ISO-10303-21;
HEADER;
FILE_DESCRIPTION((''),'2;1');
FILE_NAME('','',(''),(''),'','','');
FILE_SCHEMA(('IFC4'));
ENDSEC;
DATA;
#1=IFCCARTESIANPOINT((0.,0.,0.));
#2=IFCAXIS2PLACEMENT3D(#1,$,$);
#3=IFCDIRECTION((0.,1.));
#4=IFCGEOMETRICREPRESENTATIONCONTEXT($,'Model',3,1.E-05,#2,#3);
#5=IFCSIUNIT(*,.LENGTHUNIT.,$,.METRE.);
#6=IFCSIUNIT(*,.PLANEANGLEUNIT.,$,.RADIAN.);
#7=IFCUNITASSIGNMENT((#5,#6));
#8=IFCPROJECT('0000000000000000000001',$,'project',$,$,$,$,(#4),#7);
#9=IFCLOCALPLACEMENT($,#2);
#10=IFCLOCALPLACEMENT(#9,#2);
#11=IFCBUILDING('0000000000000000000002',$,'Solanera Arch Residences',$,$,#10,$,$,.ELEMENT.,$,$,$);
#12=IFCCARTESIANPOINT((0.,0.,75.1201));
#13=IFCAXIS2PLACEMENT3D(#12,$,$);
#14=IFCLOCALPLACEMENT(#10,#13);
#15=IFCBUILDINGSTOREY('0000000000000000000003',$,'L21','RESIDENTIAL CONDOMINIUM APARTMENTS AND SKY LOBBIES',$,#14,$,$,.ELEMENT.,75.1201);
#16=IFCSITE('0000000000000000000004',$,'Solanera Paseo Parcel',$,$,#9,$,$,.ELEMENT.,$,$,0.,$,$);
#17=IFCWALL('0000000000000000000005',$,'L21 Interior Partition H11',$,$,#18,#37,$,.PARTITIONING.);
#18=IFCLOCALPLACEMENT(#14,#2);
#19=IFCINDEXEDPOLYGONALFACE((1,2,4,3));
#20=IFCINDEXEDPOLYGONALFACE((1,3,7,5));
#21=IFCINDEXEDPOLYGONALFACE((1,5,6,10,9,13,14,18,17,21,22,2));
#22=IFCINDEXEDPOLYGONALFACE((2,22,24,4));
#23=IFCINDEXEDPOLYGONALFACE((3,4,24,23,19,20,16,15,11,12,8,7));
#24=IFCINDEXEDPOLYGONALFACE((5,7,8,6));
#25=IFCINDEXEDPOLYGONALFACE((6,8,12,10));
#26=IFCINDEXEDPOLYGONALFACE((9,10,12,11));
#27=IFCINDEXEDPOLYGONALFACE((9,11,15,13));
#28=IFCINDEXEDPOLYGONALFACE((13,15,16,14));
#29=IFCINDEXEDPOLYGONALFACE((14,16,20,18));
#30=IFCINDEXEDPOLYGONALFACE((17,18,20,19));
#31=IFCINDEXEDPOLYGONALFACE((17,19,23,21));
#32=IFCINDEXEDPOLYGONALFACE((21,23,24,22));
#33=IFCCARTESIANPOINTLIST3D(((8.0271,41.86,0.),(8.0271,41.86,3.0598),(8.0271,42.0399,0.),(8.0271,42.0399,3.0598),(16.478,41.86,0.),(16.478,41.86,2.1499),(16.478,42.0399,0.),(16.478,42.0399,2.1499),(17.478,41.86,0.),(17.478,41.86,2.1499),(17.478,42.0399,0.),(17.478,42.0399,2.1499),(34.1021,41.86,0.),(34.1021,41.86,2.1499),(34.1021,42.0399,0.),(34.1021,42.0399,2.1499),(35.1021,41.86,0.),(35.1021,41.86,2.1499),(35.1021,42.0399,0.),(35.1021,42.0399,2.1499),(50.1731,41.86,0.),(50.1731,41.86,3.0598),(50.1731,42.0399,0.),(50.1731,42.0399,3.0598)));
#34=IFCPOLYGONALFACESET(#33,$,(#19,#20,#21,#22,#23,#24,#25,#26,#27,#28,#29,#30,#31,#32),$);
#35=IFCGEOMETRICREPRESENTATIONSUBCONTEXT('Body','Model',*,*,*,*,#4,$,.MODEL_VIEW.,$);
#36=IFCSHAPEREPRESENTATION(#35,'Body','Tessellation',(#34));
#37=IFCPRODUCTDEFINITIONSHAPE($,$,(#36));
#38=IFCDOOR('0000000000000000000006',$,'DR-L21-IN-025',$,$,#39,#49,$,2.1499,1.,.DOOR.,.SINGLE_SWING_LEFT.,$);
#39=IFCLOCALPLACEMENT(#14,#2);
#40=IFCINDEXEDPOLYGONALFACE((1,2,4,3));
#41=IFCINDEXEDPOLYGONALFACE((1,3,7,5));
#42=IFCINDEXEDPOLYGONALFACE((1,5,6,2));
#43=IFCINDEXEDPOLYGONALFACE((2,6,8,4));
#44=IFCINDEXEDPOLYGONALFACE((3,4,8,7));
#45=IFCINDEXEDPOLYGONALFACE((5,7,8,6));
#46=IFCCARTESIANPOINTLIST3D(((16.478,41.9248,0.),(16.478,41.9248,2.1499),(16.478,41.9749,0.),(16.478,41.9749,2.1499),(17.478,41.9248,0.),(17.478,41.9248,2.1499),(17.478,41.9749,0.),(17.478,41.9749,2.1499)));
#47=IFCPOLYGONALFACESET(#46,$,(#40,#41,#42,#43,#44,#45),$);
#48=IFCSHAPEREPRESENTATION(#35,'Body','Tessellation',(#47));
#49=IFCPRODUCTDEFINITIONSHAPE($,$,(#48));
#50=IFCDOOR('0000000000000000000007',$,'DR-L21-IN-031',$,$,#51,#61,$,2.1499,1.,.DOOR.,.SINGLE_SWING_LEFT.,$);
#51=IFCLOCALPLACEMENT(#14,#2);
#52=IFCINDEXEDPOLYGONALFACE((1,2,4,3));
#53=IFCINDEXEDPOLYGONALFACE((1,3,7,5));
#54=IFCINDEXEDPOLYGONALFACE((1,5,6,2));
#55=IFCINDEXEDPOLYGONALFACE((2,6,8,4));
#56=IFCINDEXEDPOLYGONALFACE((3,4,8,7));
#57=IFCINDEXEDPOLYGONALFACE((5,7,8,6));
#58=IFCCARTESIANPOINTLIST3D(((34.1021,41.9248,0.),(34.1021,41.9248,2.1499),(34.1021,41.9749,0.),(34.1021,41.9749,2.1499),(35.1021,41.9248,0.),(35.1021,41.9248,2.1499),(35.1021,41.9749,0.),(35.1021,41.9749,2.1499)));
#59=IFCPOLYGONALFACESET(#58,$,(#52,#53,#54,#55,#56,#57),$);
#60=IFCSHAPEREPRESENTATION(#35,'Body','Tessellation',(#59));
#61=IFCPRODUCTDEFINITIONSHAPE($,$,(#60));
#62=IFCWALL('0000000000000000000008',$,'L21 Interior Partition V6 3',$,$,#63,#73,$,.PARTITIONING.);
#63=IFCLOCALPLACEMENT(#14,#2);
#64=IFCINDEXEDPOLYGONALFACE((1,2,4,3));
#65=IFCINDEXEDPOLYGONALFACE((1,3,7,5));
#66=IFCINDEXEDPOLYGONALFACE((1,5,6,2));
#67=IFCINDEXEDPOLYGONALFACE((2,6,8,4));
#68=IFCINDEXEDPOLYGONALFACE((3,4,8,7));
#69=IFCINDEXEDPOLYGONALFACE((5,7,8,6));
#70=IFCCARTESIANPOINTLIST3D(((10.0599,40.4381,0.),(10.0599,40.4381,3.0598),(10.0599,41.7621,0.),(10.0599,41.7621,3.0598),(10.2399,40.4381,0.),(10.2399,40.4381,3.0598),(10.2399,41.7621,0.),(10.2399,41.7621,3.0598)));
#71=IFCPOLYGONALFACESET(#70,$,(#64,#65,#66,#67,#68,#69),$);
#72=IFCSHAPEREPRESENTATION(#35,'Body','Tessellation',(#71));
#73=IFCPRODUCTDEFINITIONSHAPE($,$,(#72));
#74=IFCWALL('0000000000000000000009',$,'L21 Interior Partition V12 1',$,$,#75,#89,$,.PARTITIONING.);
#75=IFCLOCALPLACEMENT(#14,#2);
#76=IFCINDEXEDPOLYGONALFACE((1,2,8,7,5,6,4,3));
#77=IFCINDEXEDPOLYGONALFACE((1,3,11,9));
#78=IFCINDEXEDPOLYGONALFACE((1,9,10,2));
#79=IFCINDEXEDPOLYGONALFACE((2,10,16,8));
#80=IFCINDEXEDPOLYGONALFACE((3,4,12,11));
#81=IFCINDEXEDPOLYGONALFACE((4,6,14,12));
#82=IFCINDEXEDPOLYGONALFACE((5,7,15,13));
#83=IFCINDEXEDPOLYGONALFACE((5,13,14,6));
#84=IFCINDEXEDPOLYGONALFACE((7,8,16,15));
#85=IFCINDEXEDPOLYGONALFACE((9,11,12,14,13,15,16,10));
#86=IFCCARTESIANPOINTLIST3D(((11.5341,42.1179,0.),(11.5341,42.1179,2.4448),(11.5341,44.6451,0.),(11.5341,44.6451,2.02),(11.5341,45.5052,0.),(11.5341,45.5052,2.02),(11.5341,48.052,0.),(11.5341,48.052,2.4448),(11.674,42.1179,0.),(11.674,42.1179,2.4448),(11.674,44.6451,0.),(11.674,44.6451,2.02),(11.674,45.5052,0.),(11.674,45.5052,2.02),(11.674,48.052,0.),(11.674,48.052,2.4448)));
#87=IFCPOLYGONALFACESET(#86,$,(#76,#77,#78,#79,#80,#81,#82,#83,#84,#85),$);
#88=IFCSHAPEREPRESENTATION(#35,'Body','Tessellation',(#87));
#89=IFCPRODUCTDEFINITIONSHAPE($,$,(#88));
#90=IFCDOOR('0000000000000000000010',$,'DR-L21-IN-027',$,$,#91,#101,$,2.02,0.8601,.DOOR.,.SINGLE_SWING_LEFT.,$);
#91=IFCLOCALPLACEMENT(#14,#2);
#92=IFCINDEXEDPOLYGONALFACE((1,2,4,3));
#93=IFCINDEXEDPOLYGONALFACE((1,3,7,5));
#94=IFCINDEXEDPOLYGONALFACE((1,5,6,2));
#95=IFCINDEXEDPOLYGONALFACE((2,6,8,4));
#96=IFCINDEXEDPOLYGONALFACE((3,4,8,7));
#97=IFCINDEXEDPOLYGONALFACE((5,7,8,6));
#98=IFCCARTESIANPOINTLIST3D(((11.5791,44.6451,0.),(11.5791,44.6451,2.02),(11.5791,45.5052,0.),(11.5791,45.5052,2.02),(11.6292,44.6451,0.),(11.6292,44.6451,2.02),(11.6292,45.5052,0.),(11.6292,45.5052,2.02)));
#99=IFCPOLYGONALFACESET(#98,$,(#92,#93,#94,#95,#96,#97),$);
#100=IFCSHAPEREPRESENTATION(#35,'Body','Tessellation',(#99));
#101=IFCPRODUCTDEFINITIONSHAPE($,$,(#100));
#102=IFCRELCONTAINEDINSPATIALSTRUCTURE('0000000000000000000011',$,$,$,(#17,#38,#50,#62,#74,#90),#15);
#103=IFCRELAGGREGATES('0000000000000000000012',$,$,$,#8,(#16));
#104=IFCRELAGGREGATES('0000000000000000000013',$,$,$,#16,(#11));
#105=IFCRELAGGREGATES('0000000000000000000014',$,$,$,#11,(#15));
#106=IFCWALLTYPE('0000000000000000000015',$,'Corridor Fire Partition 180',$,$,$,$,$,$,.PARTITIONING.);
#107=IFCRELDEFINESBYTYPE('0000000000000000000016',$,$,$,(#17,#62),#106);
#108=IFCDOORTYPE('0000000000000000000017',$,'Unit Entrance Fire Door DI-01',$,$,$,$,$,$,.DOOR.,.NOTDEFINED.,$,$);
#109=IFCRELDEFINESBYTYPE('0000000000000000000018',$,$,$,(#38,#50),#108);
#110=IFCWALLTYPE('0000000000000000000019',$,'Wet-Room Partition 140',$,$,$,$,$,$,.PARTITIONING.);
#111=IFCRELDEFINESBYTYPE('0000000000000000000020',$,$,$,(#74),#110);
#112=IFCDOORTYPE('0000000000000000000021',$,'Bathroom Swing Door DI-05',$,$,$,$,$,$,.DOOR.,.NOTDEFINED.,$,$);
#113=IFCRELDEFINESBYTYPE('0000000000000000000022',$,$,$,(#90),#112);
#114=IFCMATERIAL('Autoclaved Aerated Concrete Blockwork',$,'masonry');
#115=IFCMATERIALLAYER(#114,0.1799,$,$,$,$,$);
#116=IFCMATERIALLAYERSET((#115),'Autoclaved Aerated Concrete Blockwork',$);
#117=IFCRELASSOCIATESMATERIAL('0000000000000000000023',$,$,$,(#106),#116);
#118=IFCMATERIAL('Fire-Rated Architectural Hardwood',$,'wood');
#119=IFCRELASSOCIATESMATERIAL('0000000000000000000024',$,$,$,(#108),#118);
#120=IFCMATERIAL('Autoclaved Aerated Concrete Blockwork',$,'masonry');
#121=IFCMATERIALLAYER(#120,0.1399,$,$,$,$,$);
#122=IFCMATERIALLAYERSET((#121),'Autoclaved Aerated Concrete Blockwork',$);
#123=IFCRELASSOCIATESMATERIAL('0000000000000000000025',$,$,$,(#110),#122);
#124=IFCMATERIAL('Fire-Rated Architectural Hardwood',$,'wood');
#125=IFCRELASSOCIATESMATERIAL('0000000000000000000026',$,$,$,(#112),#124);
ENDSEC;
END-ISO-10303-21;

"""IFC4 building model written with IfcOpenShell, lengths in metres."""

from ifc_helpers import new_model, si_unit, direction, frame, frame_2d, origin, place, context, subcontext, project, spatial, rectangle, extrude, material, layer, layer_set, type_object, element, fill, save


model = new_model("IFC4")

# Units and contexts
model_context = context("Model", 3, precision=1e-05, world=origin(), true_north=direction((0.0, 1.0)))
body_context = subcontext(model_context, "Body", "Model", "MODEL_VIEW")
ifc_project = project(units=[si_unit("LENGTHUNIT", "METRE"), si_unit("PLANEANGLEUNIT", "RADIAN")], contexts=[model_context])

# Site, building, storey
site_placement = place(None, origin())
site = spatial("IfcSite", under=ifc_project, at=site_placement, Name="Solanera Paseo Parcel", CompositionType="ELEMENT", RefElevation=0.0)
building_placement = place(site_placement, origin())
building = spatial("IfcBuilding", under=site, at=building_placement, Name="Solanera Arch Residences", CompositionType="ELEMENT")
storey_placement = place(building_placement, frame((0.0, 0.0, 75.1201)))
storey = spatial("IfcBuildingStorey", under=building, at=storey_placement, Name="L21", Description="RESIDENTIAL CONDOMINIUM APARTMENTS AND SKY LOBBIES", CompositionType="ELEMENT", Elevation=75.1201)

# Wall, openings, doors
ifc_material_1 = material(Name="Autoclaved Aerated Concrete Blockwork", Category="masonry")
ifc_layer_1 = layer(ifc_material_1, 0.1799)
ifc_layer_set_1 = layer_set([ifc_layer_1], Name="Autoclaved Aerated Concrete Blockwork")
wall_type_1 = type_object("IfcWallType", Name="Corridor Fire Partition 180", PredefinedType="PARTITIONING", material=ifc_layer_set_1)
ifc_material_2 = material(Name="Fire-Rated Architectural Hardwood", Category="wood")
door_type_1 = type_object("IfcDoorType", Name="Unit Entrance Fire Door DI-01", OperationType="NOTDEFINED", PredefinedType="DOOR", material=ifc_material_2)
wall_1_placement = place(storey_placement, frame((8.0271, 41.95, 0.0), z_axis=(0.0, 0.0, 1.0), x_axis=(1.0, 0.0, 0.0)))
wall_1 = element("IfcWall", 1, at=wall_1_placement, inside=storey, type_object=wall_type_1, Name="L21 Interior Partition H11", PredefinedType="PARTITIONING", context=body_context, shape_type="SweptSolid", body=[
    extrude(rectangle(XDim=42.146, YDim=0.1799, at=frame_2d((21.073, 0.0))), origin(), (0.0, 0.0, 1.0), 3.0598),
])
opening_1_placement = place(wall_1_placement, frame((8.4509, 0.0, 0.0)))
opening_1 = element("IfcOpeningElement", 2, at=opening_1_placement, cuts=wall_1, PredefinedType="OPENING", context=body_context, shape_type="SweptSolid", body=[
    extrude(rectangle(XDim=1.0, YDim=2.1499, at=frame_2d((0.5, 1.075))), frame((0.0, 0.1001, 0.0), z_axis=(0.0, -1.0, 0.0), x_axis=(1.0, 0.0, 0.0)), (0.0, 0.0, 1.0), 0.1999),
])
opening_2_placement = place(wall_1_placement, frame((26.075, 0.0, 0.0)))
opening_2 = element("IfcOpeningElement", 3, at=opening_2_placement, cuts=wall_1, PredefinedType="OPENING", context=body_context, shape_type="SweptSolid", body=[
    extrude(rectangle(XDim=1.0, YDim=2.1499, at=frame_2d((0.5, 1.075))), frame((0.0, 0.1001, 0.0), z_axis=(0.0, -1.0, 0.0), x_axis=(1.0, 0.0, 0.0)), (0.0, 0.0, 1.0), 0.1999),
])
door_1_placement = place(opening_1_placement, origin())
door_1 = element("IfcDoor", 4, at=door_1_placement, inside=storey, type_object=door_type_1, Name="DR-L21-IN-025", OperationType="SINGLE_SWING_LEFT", OverallHeight=2.1499, OverallWidth=1.0, PredefinedType="DOOR", context=body_context, shape_type="SweptSolid", body=[
    extrude(rectangle(XDim=1.0, YDim=2.1499, at=frame_2d((0.5, 1.075))), frame((0.0, 0.0249, 0.0), z_axis=(0.0, -1.0, 0.0), x_axis=(1.0, 0.0, 0.0)), (0.0, 0.0, 1.0), 0.05),
])
fill(opening_1, door_1)
door_2_placement = place(opening_2_placement, origin())
door_2 = element("IfcDoor", 5, at=door_2_placement, inside=storey, type_object=door_type_1, Name="DR-L21-IN-031", OperationType="SINGLE_SWING_LEFT", OverallHeight=2.1499, OverallWidth=1.0, PredefinedType="DOOR", context=body_context, shape_type="SweptSolid", body=[
    extrude(rectangle(XDim=1.0, YDim=2.1499, at=frame_2d((0.5, 1.075))), frame((0.0, 0.0249, 0.0), z_axis=(0.0, -1.0, 0.0), x_axis=(1.0, 0.0, 0.0)), (0.0, 0.0, 1.0), 0.05),
])
fill(opening_2, door_2)

# Wall
wall_2_placement = place(storey_placement, frame((10.1499, 40.438, 0.0), z_axis=(0.0, 0.0, 1.0), x_axis=(0.0, 1.0, 0.0)))
element("IfcWall", 6, at=wall_2_placement, inside=storey, type_object=wall_type_1, Name="L21 Interior Partition V6 3", PredefinedType="PARTITIONING", context=body_context, shape_type="SweptSolid", body=[
    extrude(rectangle(XDim=1.324, YDim=0.1799, at=frame_2d((0.6621, 0.0))), origin(), (0.0, 0.0, 1.0), 3.0598),
])

# Wall, opening, door
ifc_material_3 = material(Name="Autoclaved Aerated Concrete Blockwork", Category="masonry")
ifc_layer_2 = layer(ifc_material_3, 0.1399)
ifc_layer_set_2 = layer_set([ifc_layer_2], Name="Autoclaved Aerated Concrete Blockwork")
wall_type_2 = type_object("IfcWallType", Name="Wet-Room Partition 140", PredefinedType="PARTITIONING", material=ifc_layer_set_2)
wall_3_placement = place(storey_placement, frame((11.604, 42.1179, 0.0), z_axis=(0.0, 0.0, 1.0), x_axis=(0.0, 1.0, 0.0)))
wall_3 = element("IfcWall", 7, at=wall_3_placement, inside=storey, type_object=wall_type_2, Name="L21 Interior Partition V12 1", PredefinedType="PARTITIONING", context=body_context, shape_type="SweptSolid", body=[
    extrude(rectangle(XDim=5.9341, YDim=0.1399, at=frame_2d((2.967, 0.0))), origin(), (0.0, 0.0, 1.0), 2.4448),
])
opening_3_placement = place(wall_3_placement, frame((2.5271, 0.0, 0.0)))
opening_3 = element("IfcOpeningElement", 8, at=opening_3_placement, cuts=wall_3, PredefinedType="OPENING", context=body_context, shape_type="SweptSolid", body=[
    extrude(rectangle(XDim=0.8601, YDim=2.02, at=frame_2d((0.4302, 1.01))), frame((0.0, 0.0798, 0.0), z_axis=(0.0, -1.0, 0.0), x_axis=(1.0, 0.0, 0.0)), (0.0, 0.0, 1.0), 0.1599),
])
ifc_material_4 = material(Name="Fire-Rated Architectural Hardwood", Category="wood")
door_type_2 = type_object("IfcDoorType", Name="Bathroom Swing Door DI-05", OperationType="NOTDEFINED", PredefinedType="DOOR", material=ifc_material_4)
door_3_placement = place(opening_3_placement, origin())
door_3 = element("IfcDoor", 9, at=door_3_placement, inside=storey, type_object=door_type_2, Name="DR-L21-IN-027", OperationType="SINGLE_SWING_LEFT", OverallHeight=2.02, OverallWidth=0.8601, PredefinedType="DOOR", context=body_context, shape_type="SweptSolid", body=[
    extrude(rectangle(XDim=0.8601, YDim=2.02, at=frame_2d((0.4302, 1.01))), frame((0.0, 0.0249, 0.0), z_axis=(0.0, -1.0, 0.0), x_axis=(1.0, 0.0, 0.0)), (0.0, 0.0, 1.0), 0.05),
])
fill(opening_3, door_3)

save(model, "model.ifc")
